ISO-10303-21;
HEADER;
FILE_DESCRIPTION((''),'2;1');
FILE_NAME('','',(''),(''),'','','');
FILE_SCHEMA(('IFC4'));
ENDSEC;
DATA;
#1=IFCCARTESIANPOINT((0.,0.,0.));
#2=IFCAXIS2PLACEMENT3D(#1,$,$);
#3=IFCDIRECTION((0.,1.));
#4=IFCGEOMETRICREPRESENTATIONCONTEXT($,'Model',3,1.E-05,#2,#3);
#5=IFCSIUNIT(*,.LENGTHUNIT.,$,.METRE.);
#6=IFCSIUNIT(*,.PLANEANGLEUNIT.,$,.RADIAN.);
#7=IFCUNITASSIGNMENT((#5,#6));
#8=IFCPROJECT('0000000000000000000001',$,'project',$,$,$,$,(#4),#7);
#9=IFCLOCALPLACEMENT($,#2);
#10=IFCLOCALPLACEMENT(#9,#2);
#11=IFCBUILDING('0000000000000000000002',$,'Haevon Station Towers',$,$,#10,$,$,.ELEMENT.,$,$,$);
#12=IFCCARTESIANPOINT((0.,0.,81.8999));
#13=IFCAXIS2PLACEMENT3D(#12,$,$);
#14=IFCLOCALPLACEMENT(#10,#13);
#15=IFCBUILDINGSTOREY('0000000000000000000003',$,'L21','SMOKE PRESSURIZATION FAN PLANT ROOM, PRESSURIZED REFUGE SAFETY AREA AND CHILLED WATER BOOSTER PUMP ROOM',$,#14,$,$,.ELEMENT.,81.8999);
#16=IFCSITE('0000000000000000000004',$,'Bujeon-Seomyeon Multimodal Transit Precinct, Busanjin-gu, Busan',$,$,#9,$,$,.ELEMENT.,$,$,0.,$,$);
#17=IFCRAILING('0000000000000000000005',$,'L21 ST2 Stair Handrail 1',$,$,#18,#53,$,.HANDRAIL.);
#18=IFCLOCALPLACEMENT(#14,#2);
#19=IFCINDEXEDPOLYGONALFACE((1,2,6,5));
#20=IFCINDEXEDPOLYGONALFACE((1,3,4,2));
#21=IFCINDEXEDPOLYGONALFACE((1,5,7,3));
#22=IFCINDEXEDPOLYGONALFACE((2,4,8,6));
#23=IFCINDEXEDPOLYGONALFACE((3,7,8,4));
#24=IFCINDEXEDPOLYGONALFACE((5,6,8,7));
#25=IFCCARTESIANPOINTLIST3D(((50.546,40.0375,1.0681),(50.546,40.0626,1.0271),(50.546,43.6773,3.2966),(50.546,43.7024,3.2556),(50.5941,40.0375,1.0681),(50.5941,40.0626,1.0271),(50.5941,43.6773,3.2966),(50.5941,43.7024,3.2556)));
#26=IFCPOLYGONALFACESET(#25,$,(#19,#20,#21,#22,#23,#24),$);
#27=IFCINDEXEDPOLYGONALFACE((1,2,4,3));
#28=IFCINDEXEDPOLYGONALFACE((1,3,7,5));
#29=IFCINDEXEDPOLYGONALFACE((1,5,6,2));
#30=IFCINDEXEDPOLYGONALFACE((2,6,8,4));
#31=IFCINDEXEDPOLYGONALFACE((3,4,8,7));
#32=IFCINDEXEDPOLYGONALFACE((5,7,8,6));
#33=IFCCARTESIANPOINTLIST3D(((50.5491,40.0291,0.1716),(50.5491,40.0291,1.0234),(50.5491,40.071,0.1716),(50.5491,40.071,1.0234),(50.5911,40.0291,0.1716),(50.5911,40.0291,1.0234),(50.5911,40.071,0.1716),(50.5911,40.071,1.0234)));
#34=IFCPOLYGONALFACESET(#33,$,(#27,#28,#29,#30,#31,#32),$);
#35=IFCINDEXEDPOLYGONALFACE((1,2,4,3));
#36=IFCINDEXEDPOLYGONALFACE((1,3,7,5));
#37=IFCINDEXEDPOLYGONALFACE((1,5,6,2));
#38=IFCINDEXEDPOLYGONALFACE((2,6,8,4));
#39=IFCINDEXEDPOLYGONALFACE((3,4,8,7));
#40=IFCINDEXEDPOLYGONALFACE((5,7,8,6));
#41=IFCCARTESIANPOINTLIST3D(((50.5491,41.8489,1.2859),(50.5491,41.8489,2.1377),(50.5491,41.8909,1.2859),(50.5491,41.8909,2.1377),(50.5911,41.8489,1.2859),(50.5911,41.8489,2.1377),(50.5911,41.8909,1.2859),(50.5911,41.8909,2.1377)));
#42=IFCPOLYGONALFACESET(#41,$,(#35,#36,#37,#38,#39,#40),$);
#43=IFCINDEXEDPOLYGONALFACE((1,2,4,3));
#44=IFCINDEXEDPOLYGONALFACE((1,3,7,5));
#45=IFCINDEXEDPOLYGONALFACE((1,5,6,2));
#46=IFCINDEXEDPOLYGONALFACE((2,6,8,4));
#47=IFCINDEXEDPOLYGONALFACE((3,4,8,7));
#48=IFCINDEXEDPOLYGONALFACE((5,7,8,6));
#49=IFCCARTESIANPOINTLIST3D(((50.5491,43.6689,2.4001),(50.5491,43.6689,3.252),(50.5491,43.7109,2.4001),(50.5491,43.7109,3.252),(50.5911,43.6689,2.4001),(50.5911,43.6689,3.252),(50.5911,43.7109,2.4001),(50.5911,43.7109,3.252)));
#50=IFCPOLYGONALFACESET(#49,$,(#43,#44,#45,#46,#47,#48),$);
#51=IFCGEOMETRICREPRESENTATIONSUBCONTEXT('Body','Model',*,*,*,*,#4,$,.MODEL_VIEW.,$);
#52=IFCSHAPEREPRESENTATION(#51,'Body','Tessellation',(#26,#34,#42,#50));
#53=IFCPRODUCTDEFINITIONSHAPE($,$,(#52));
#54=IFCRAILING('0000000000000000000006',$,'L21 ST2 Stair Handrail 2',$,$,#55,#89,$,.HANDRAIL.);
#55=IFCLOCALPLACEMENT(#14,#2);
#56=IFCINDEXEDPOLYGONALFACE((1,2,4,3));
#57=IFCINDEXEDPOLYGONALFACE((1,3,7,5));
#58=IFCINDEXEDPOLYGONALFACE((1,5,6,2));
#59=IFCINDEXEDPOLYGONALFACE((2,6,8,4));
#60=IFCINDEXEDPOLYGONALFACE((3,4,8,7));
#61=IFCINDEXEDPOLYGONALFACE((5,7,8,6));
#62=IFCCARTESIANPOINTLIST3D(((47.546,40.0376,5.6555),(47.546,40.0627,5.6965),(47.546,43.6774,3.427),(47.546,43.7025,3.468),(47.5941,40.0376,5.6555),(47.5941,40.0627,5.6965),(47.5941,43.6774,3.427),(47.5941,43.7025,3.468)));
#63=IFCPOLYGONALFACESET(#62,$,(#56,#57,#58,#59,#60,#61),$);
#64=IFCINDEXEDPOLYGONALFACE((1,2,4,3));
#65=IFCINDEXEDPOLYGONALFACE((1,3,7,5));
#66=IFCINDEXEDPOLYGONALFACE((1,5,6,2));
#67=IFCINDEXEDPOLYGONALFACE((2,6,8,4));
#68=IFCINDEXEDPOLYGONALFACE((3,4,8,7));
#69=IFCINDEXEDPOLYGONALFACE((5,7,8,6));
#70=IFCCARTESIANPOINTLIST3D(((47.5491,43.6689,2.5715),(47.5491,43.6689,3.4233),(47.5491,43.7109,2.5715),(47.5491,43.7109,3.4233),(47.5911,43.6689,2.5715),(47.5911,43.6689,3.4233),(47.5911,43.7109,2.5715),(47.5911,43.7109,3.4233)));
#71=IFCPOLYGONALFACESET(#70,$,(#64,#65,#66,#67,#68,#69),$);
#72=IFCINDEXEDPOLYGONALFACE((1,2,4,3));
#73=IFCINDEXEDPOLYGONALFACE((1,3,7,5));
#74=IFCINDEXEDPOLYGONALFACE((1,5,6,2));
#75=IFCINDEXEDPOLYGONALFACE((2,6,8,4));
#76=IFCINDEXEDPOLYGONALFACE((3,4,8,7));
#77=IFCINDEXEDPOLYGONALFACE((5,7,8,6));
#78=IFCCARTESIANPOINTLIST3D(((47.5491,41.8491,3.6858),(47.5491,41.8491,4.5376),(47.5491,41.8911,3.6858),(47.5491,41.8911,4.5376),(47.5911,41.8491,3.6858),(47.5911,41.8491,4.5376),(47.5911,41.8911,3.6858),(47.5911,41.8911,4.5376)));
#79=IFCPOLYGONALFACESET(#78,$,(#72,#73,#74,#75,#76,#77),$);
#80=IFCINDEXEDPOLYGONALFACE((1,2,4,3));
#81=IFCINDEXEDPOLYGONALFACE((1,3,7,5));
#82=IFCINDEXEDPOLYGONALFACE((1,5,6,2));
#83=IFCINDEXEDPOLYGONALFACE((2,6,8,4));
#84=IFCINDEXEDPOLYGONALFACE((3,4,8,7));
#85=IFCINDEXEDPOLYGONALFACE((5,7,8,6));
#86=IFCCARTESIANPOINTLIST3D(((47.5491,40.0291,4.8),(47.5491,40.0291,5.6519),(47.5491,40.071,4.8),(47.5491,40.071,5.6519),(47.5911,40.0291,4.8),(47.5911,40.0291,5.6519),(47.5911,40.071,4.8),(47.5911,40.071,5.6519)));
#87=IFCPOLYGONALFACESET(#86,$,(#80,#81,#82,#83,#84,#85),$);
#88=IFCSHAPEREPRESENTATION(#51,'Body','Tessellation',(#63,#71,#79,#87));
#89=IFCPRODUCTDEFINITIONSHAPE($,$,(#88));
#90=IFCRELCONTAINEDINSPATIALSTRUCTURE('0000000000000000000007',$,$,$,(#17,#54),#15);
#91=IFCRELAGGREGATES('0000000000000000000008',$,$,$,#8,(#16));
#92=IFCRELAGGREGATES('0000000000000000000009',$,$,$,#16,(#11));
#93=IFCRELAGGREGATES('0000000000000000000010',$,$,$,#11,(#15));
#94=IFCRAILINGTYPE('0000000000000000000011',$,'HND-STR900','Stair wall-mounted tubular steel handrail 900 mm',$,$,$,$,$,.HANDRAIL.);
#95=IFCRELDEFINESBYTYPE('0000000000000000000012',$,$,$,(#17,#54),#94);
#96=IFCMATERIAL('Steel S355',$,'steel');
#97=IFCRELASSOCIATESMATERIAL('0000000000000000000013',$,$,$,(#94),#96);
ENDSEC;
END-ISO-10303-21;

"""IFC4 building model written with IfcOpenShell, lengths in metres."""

from ifc_helpers import new_model, si_unit, direction, frame, origin, origin_2d, place, context, subcontext, project, spatial, rectangle, extrude, material, type_object, element, save


model = new_model("IFC4")

# Units and contexts
model_context = context("Model", 3, precision=1e-05, world=origin(), true_north=direction((0.0, 1.0)))
body_context = subcontext(model_context, "Body", "Model", "MODEL_VIEW")
ifc_project = project(units=[si_unit("LENGTHUNIT", "METRE"), si_unit("PLANEANGLEUNIT", "RADIAN")], contexts=[model_context])

# Site, building, storey
site_placement = place(None, origin())
site = spatial("IfcSite", under=ifc_project, at=site_placement, Name="Bujeon-Seomyeon Multimodal Transit Precinct, Busanjin-gu, Busan", CompositionType="ELEMENT", RefElevation=0.0)
building_placement = place(site_placement, origin())
building = spatial("IfcBuilding", under=site, at=building_placement, Name="Haevon Station Towers", CompositionType="ELEMENT")
storey_placement = place(building_placement, frame((0.0, 0.0, 81.8999)))
storey = spatial("IfcBuildingStorey", under=building, at=storey_placement, Name="L21", Description="SMOKE PRESSURIZATION FAN PLANT ROOM, PRESSURIZED REFUGE SAFETY AREA AND CHILLED WATER BOOSTER PUMP ROOM", CompositionType="ELEMENT", Elevation=81.8999)

# Shared definitions
ifc_material_1 = material(Name="Steel S355", Category="steel")

# Railings
railing_type_1 = type_object("IfcRailingType", Name="HND-STR900", Description="Stair wall-mounted tubular steel handrail 900 mm", PredefinedType="HANDRAIL", material=ifc_material_1)
railing_1_placement = place(storey_placement, frame((50.5701, 40.05, 0.1716)))
element("IfcRailing", 1, at=railing_1_placement, inside=storey, type_object=railing_type_1, Name="L21 ST2 Stair Handrail 1", PredefinedType="HANDRAIL", context=body_context, shape_type="SweptSolid", body=[
    extrude(rectangle(XDim=0.0481, YDim=0.0481, at=origin_2d()), frame((0.0, 0.0, 0.876), z_axis=(0.0, 0.85285, 0.522156), x_axis=(-1.0, 0.0, 0.0)), (0.0, 0.0, 1.0), 4.2678),
    extrude(rectangle(XDim=0.042, YDim=0.042, at=origin_2d()), origin(), (0.0, 0.0, 1.0), 0.8518),
    extrude(rectangle(XDim=0.042, YDim=0.042, at=origin_2d()), frame((0.0, 1.8198, 1.1143)), (0.0, 0.0, 1.0), 0.8518),
    extrude(rectangle(XDim=0.042, YDim=0.042, at=origin_2d()), frame((0.0, 3.6399, 2.2285)), (0.0, 0.0, 1.0), 0.8518),
])
railing_2_placement = place(storey_placement, frame((47.5701, 43.6899, 2.5715)))
element("IfcRailing", 2, at=railing_2_placement, inside=storey, type_object=railing_type_1, Name="L21 ST2 Stair Handrail 2", PredefinedType="HANDRAIL", context=body_context, shape_type="SweptSolid", body=[
    extrude(rectangle(XDim=0.0481, YDim=0.0481, at=origin_2d()), frame((0.0, 0.0, 0.876), z_axis=(0.0, -0.85285, 0.522156), x_axis=(1.0, 0.0, 0.0)), (0.0, 0.0, 1.0), 4.2678),
    extrude(rectangle(XDim=0.042, YDim=0.042, at=origin_2d()), origin(), (0.0, 0.0, 1.0), 0.8518),
    extrude(rectangle(XDim=0.042, YDim=0.042, at=origin_2d()), frame((0.0, -1.8198, 1.1143)), (0.0, 0.0, 1.0), 0.8518),
    extrude(rectangle(XDim=0.042, YDim=0.042, at=origin_2d()), frame((0.0, -3.6399, 2.2285)), (0.0, 0.0, 1.0), 0.8518),
])

save(model, "model.ifc")
